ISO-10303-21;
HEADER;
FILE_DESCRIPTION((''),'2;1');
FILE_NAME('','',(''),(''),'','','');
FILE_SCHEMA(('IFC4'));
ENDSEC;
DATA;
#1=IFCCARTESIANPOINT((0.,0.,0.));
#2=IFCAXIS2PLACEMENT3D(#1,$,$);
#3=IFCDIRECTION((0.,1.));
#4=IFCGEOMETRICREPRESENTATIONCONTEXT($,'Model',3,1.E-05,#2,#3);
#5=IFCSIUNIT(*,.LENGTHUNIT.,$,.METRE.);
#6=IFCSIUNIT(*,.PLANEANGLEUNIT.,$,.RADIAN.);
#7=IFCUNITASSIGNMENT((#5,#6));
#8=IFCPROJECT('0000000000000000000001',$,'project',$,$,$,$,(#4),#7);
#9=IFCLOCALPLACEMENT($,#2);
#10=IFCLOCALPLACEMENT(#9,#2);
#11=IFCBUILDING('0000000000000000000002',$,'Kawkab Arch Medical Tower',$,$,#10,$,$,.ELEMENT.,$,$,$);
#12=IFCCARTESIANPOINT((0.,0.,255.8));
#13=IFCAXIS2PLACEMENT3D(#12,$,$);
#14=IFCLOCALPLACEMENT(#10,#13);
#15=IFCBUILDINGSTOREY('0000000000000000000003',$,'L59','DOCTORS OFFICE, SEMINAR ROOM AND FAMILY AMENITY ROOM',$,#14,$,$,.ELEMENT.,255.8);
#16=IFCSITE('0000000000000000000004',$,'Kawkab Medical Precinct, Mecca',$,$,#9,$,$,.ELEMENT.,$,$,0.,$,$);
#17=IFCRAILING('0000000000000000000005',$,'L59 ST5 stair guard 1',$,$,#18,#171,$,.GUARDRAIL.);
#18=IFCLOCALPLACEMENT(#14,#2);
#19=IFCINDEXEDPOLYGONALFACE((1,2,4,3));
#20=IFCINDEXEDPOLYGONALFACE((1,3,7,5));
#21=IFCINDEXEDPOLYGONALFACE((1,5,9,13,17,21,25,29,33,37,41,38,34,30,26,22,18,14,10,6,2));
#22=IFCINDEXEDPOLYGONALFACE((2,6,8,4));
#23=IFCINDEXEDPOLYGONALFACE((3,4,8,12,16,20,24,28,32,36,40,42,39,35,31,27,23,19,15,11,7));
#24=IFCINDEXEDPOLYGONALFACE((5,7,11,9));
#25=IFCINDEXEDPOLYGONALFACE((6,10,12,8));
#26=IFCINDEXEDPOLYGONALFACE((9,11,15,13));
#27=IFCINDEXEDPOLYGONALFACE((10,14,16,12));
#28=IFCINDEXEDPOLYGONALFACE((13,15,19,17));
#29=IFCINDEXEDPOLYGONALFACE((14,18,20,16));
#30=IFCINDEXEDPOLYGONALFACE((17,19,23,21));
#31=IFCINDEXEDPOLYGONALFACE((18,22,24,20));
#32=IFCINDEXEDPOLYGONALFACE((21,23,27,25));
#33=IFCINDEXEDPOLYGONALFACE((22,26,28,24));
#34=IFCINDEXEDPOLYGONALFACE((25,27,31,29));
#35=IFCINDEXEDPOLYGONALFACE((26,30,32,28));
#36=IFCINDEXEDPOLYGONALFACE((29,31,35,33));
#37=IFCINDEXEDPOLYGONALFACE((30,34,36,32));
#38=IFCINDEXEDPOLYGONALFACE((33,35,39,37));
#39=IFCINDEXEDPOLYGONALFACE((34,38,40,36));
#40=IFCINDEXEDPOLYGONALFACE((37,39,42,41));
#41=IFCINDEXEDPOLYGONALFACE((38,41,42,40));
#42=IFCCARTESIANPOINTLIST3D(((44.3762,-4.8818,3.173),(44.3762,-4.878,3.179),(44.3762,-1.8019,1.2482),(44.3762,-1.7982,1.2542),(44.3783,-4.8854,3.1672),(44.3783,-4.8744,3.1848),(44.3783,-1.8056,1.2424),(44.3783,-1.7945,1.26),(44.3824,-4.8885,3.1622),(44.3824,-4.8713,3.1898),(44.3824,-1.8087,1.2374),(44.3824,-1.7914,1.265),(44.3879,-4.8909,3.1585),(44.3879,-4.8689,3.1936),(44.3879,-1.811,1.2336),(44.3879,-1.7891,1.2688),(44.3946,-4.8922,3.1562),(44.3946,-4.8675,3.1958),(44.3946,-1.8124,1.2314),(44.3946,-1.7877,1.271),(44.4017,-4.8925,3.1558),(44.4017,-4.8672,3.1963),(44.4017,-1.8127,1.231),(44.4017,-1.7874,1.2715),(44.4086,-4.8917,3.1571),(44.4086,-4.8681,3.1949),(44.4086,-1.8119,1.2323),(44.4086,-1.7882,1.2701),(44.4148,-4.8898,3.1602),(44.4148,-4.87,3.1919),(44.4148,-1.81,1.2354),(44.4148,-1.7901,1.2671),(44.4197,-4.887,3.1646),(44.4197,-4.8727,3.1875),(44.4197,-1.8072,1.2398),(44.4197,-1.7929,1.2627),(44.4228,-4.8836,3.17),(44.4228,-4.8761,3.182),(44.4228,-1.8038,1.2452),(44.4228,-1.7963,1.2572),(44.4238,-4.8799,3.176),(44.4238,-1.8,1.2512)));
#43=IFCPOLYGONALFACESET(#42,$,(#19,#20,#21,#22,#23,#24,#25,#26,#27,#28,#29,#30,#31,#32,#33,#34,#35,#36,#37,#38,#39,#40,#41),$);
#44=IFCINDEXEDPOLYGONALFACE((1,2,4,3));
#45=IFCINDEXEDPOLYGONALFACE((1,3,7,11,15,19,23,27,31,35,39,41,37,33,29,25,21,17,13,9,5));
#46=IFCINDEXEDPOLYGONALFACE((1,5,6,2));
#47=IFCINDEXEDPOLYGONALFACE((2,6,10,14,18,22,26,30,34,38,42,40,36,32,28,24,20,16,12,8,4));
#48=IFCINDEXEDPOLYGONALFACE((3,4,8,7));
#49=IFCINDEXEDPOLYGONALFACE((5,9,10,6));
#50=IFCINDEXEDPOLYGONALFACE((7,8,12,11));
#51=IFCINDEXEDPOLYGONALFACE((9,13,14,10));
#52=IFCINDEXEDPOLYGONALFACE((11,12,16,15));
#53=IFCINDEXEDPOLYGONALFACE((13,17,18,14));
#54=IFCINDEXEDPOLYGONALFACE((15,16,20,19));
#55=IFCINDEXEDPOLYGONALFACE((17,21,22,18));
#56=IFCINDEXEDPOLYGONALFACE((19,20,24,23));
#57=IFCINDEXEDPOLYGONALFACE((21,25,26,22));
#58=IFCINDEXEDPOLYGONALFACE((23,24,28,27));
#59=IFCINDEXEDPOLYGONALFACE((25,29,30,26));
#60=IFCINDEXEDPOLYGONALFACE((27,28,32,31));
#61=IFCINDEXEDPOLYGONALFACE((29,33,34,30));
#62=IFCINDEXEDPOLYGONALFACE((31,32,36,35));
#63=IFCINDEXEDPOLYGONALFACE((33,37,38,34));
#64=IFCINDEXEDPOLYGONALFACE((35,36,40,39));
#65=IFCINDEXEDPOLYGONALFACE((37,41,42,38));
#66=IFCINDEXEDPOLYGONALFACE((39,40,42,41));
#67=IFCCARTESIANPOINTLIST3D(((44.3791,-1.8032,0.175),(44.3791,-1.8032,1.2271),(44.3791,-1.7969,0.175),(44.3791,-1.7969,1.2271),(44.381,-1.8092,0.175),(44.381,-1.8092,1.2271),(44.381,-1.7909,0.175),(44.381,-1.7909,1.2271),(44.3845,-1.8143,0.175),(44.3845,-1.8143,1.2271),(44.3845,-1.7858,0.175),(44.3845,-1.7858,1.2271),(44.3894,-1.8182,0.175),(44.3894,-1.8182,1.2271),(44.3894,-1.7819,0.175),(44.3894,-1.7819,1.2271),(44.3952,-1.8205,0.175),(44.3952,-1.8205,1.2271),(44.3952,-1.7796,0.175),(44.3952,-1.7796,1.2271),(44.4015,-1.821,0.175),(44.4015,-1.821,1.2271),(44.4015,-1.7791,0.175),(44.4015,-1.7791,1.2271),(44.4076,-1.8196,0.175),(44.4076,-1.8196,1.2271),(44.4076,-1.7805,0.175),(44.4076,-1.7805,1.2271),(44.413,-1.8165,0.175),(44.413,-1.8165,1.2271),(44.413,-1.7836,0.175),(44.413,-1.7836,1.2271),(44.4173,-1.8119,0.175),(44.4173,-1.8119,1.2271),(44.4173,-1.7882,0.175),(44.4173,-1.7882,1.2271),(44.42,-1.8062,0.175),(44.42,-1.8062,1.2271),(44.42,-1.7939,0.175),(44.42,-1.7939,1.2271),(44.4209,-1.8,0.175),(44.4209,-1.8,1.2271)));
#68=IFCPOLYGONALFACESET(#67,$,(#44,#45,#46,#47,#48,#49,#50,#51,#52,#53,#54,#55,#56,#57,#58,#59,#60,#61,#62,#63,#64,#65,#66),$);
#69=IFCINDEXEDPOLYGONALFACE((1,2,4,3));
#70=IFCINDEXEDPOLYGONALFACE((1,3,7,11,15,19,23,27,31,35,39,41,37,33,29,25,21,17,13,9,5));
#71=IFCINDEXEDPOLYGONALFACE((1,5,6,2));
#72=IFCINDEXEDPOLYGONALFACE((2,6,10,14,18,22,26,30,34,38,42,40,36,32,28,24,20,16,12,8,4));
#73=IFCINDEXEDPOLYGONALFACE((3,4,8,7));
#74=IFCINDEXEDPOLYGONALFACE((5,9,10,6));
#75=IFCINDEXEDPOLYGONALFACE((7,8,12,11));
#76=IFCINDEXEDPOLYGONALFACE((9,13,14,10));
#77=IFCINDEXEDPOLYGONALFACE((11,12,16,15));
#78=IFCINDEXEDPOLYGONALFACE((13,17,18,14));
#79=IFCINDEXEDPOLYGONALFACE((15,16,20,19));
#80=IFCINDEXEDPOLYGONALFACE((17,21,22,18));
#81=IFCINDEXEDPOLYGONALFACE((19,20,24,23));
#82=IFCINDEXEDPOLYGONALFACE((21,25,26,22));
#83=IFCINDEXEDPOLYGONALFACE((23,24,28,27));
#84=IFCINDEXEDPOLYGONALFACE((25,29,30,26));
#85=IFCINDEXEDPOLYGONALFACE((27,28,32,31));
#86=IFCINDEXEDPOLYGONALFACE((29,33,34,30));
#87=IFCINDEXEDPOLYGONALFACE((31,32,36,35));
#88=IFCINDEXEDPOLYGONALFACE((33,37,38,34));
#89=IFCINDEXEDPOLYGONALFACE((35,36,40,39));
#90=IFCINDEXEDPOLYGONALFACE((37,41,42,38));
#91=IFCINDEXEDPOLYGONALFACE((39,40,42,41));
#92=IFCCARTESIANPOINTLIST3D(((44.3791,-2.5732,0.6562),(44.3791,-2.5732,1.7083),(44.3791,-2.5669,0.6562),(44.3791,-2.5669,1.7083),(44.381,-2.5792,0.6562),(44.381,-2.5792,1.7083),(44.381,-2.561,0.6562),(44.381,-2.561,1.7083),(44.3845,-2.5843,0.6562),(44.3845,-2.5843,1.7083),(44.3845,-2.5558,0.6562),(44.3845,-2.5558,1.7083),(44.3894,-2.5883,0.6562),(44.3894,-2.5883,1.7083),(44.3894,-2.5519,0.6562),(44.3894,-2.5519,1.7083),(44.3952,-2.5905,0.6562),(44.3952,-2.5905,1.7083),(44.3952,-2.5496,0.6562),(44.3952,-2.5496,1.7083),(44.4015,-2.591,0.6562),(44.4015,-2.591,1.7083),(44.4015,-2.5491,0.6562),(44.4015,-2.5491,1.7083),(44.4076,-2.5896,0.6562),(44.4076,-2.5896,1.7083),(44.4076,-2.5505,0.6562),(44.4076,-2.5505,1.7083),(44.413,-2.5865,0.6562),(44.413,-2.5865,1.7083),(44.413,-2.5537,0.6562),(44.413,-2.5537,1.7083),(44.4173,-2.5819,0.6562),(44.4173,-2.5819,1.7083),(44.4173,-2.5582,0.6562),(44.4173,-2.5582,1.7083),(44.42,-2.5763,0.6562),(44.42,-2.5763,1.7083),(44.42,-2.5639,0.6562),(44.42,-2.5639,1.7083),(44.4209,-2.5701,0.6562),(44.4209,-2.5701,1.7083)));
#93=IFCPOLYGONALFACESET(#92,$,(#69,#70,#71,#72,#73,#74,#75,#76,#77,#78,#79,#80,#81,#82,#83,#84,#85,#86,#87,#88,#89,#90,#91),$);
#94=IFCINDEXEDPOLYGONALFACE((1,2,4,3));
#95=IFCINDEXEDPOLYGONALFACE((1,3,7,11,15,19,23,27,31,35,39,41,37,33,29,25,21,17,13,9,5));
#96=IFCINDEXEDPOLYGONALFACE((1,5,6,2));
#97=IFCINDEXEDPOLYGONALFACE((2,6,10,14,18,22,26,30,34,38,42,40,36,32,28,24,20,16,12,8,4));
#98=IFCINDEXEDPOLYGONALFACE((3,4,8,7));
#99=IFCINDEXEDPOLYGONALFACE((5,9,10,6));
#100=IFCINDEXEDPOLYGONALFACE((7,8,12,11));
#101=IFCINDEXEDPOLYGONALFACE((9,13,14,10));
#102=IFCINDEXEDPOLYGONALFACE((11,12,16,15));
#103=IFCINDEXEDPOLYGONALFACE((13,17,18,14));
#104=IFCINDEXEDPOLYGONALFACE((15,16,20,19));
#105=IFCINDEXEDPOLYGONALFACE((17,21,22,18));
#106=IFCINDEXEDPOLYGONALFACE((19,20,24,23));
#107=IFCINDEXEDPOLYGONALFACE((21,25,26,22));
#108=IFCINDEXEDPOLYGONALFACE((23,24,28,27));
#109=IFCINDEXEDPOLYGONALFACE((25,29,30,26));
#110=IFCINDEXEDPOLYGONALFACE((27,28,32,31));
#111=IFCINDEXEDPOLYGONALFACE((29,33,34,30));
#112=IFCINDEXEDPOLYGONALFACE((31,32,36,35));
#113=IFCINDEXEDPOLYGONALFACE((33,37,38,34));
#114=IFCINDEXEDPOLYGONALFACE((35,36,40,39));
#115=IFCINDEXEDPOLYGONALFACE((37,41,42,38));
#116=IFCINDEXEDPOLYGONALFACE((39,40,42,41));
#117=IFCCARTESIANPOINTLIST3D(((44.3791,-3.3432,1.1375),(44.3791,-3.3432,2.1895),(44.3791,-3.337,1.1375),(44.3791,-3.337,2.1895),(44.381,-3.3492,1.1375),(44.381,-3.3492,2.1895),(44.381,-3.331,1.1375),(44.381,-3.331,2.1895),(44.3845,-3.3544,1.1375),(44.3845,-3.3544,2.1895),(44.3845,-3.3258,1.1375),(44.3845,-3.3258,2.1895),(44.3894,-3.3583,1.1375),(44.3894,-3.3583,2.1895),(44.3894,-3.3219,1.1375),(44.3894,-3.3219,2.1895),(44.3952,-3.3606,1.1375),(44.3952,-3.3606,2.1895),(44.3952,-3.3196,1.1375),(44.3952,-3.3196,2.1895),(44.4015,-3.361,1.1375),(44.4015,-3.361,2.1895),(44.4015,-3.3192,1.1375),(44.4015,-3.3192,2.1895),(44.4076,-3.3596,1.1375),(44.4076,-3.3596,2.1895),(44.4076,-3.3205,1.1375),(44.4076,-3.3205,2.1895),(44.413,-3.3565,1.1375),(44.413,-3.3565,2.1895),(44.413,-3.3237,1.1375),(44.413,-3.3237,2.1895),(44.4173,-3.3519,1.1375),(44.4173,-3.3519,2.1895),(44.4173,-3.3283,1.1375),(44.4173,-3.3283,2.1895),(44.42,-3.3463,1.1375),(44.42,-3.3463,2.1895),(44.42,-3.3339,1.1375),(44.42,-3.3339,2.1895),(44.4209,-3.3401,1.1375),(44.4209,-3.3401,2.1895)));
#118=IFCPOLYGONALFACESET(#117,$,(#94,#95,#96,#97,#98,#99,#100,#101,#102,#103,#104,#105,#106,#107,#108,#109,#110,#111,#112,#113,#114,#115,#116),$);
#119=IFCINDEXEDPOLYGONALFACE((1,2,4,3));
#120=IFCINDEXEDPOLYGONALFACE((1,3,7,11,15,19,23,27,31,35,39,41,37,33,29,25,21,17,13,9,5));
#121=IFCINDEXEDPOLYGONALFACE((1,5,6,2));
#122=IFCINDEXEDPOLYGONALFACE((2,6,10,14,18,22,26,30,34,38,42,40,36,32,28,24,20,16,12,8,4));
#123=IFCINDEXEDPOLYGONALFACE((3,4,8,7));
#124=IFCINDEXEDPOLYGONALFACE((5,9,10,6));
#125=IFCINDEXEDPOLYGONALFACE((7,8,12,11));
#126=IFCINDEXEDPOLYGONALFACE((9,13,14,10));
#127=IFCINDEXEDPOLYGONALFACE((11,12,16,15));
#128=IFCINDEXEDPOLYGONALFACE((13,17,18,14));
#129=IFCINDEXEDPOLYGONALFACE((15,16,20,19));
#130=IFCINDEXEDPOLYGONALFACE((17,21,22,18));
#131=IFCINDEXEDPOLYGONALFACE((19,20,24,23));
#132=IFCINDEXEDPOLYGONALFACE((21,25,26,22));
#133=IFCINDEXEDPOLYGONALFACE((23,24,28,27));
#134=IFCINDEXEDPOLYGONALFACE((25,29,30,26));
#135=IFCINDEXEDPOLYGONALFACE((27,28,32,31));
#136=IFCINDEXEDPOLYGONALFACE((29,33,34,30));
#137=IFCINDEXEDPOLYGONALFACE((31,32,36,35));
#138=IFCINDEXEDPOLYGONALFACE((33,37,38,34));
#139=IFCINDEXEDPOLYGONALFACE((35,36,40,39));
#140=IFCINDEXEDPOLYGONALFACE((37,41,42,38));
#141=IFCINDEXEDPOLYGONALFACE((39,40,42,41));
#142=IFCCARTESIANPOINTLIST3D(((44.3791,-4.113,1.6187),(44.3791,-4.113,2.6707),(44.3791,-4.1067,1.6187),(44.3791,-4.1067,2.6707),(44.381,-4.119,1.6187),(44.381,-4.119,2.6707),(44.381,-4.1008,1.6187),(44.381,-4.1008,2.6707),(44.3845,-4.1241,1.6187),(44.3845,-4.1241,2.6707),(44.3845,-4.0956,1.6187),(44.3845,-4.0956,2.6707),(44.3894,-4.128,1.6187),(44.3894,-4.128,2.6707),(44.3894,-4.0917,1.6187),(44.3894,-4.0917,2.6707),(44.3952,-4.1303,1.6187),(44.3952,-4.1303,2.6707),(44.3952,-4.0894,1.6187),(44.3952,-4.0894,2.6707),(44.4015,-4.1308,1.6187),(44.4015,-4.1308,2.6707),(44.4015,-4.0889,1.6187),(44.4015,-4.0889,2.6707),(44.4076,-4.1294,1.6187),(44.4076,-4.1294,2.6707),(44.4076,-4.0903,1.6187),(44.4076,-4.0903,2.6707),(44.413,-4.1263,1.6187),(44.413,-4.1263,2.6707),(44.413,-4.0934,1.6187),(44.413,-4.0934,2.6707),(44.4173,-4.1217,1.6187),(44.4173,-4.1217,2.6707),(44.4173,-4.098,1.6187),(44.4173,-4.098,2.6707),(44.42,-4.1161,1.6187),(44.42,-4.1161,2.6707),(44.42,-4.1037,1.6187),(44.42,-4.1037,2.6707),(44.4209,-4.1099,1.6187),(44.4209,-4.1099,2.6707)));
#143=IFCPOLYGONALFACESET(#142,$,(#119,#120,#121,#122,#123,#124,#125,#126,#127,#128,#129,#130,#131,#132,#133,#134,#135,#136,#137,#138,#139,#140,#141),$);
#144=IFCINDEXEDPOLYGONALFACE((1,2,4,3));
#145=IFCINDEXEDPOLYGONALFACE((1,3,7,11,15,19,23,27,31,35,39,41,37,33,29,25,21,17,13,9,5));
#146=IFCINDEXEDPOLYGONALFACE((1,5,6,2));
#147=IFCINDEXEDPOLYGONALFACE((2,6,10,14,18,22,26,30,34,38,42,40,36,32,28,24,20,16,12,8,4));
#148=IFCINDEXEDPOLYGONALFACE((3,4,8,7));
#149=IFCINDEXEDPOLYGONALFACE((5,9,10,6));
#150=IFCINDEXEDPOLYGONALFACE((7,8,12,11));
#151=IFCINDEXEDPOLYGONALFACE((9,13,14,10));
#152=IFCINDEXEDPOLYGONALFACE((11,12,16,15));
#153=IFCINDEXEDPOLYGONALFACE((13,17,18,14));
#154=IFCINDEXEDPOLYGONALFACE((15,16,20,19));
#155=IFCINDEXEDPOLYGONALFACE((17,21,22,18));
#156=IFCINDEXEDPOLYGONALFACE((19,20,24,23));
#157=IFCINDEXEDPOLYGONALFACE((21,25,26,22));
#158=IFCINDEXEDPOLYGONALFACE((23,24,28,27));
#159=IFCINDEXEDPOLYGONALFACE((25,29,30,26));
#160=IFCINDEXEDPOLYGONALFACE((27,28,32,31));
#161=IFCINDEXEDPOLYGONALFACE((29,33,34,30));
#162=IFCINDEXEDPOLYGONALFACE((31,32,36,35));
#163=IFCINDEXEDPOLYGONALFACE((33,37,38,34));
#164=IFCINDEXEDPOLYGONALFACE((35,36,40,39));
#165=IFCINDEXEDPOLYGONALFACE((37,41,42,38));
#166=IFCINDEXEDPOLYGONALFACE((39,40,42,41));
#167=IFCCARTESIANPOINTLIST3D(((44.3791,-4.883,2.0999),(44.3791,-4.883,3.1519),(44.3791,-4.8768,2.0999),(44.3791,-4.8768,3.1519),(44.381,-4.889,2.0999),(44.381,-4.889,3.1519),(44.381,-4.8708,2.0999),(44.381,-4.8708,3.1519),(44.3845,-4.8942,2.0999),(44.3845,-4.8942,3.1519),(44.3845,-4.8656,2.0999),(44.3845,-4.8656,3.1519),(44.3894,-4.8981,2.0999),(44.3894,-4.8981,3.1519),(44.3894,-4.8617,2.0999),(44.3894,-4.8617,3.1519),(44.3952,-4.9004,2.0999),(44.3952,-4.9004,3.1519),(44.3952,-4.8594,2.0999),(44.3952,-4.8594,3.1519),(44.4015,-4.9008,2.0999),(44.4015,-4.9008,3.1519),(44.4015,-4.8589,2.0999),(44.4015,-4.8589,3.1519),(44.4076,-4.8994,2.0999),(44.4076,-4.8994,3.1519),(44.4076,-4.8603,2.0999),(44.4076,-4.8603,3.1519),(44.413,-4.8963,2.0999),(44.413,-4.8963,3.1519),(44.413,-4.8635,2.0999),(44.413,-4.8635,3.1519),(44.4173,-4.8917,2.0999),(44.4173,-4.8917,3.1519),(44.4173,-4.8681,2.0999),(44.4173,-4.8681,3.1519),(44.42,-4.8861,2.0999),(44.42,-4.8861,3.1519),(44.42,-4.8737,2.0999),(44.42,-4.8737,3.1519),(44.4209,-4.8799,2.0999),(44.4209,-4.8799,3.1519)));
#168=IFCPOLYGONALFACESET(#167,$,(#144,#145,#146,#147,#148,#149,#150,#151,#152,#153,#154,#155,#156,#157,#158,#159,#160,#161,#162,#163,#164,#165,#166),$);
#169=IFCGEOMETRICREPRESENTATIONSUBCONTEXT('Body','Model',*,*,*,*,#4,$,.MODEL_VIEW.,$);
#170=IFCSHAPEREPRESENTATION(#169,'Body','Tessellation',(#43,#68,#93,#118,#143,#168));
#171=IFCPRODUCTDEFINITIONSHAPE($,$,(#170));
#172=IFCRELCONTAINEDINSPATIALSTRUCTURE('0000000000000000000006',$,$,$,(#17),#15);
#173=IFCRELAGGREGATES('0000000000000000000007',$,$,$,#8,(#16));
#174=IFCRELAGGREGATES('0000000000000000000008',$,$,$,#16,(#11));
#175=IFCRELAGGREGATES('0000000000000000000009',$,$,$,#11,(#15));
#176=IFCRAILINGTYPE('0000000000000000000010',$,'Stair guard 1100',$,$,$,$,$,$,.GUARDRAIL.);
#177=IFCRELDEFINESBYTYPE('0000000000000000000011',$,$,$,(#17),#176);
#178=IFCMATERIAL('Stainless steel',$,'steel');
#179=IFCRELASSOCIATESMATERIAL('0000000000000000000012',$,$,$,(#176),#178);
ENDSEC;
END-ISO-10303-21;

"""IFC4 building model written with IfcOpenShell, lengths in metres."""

from ifc_helpers import new_model, si_unit, direction, frame, origin, origin_2d, place, context, subcontext, project, spatial, circle, extrude, material, type_object, element, save


model = new_model("IFC4")

# Units and contexts
model_context = context("Model", 3, precision=1e-05, world=origin(), true_north=direction((0.0, 1.0)))
body_context = subcontext(model_context, "Body", "Model", "MODEL_VIEW")
ifc_project = project(units=[si_unit("LENGTHUNIT", "METRE"), si_unit("PLANEANGLEUNIT", "RADIAN")], contexts=[model_context])

# Site, building, storey
site_placement = place(None, origin())
site = spatial("IfcSite", under=ifc_project, at=site_placement, Name="Kawkab Medical Precinct, Mecca", CompositionType="ELEMENT", RefElevation=0.0)
building_placement = place(site_placement, origin())
building = spatial("IfcBuilding", under=site, at=building_placement, Name="Kawkab Arch Medical Tower", CompositionType="ELEMENT")
storey_placement = place(building_placement, frame((0.0, 0.0, 255.8)))
storey = spatial("IfcBuildingStorey", under=building, at=storey_placement, Name="L59", Description="DOCTORS OFFICE, SEMINAR ROOM AND FAMILY AMENITY ROOM", CompositionType="ELEMENT", Elevation=255.8)

# Railing
ifc_material_1 = material(Name="Stainless steel", Category="steel")
railing_type_1 = type_object("IfcRailingType", Name="Stair guard 1100", PredefinedType="GUARDRAIL", material=ifc_material_1)
railing_1_placement = place(storey_placement, frame((44.3999, -1.8, 0.175)))
element("IfcRailing", 1, at=railing_1_placement, inside=storey, type_object=railing_type_1, Name="L59 ST5 stair guard 1", PredefinedType="GUARDRAIL", context=body_context, shape_type="SweptSolid", body=[
    extrude(circle(Radius=0.0239, at=origin_2d()), frame((0.0, 0.0, 1.0762), z_axis=(0.0, -0.84801, 0.529981), x_axis=(1.0, 0.0, 0.0)), (0.0, 0.0, 1.0), 3.6318),
    extrude(circle(Radius=0.021, at=origin_2d()), origin(), (0.0, 0.0, 1.0), 1.052),
    extrude(circle(Radius=0.021, at=origin_2d()), frame((0.0, -0.77, 0.4812)), (0.0, 0.0, 1.0), 1.052),
    extrude(circle(Radius=0.021, at=origin_2d()), frame((0.0, -1.54, 0.9624)), (0.0, 0.0, 1.0), 1.052),
    extrude(circle(Radius=0.021, at=origin_2d()), frame((0.0, -2.3098, 1.4436)), (0.0, 0.0, 1.0), 1.052),
    extrude(circle(Radius=0.021, at=origin_2d()), frame((0.0, -3.0798, 1.9248)), (0.0, 0.0, 1.0), 1.052),
])

save(model, "model.ifc")
